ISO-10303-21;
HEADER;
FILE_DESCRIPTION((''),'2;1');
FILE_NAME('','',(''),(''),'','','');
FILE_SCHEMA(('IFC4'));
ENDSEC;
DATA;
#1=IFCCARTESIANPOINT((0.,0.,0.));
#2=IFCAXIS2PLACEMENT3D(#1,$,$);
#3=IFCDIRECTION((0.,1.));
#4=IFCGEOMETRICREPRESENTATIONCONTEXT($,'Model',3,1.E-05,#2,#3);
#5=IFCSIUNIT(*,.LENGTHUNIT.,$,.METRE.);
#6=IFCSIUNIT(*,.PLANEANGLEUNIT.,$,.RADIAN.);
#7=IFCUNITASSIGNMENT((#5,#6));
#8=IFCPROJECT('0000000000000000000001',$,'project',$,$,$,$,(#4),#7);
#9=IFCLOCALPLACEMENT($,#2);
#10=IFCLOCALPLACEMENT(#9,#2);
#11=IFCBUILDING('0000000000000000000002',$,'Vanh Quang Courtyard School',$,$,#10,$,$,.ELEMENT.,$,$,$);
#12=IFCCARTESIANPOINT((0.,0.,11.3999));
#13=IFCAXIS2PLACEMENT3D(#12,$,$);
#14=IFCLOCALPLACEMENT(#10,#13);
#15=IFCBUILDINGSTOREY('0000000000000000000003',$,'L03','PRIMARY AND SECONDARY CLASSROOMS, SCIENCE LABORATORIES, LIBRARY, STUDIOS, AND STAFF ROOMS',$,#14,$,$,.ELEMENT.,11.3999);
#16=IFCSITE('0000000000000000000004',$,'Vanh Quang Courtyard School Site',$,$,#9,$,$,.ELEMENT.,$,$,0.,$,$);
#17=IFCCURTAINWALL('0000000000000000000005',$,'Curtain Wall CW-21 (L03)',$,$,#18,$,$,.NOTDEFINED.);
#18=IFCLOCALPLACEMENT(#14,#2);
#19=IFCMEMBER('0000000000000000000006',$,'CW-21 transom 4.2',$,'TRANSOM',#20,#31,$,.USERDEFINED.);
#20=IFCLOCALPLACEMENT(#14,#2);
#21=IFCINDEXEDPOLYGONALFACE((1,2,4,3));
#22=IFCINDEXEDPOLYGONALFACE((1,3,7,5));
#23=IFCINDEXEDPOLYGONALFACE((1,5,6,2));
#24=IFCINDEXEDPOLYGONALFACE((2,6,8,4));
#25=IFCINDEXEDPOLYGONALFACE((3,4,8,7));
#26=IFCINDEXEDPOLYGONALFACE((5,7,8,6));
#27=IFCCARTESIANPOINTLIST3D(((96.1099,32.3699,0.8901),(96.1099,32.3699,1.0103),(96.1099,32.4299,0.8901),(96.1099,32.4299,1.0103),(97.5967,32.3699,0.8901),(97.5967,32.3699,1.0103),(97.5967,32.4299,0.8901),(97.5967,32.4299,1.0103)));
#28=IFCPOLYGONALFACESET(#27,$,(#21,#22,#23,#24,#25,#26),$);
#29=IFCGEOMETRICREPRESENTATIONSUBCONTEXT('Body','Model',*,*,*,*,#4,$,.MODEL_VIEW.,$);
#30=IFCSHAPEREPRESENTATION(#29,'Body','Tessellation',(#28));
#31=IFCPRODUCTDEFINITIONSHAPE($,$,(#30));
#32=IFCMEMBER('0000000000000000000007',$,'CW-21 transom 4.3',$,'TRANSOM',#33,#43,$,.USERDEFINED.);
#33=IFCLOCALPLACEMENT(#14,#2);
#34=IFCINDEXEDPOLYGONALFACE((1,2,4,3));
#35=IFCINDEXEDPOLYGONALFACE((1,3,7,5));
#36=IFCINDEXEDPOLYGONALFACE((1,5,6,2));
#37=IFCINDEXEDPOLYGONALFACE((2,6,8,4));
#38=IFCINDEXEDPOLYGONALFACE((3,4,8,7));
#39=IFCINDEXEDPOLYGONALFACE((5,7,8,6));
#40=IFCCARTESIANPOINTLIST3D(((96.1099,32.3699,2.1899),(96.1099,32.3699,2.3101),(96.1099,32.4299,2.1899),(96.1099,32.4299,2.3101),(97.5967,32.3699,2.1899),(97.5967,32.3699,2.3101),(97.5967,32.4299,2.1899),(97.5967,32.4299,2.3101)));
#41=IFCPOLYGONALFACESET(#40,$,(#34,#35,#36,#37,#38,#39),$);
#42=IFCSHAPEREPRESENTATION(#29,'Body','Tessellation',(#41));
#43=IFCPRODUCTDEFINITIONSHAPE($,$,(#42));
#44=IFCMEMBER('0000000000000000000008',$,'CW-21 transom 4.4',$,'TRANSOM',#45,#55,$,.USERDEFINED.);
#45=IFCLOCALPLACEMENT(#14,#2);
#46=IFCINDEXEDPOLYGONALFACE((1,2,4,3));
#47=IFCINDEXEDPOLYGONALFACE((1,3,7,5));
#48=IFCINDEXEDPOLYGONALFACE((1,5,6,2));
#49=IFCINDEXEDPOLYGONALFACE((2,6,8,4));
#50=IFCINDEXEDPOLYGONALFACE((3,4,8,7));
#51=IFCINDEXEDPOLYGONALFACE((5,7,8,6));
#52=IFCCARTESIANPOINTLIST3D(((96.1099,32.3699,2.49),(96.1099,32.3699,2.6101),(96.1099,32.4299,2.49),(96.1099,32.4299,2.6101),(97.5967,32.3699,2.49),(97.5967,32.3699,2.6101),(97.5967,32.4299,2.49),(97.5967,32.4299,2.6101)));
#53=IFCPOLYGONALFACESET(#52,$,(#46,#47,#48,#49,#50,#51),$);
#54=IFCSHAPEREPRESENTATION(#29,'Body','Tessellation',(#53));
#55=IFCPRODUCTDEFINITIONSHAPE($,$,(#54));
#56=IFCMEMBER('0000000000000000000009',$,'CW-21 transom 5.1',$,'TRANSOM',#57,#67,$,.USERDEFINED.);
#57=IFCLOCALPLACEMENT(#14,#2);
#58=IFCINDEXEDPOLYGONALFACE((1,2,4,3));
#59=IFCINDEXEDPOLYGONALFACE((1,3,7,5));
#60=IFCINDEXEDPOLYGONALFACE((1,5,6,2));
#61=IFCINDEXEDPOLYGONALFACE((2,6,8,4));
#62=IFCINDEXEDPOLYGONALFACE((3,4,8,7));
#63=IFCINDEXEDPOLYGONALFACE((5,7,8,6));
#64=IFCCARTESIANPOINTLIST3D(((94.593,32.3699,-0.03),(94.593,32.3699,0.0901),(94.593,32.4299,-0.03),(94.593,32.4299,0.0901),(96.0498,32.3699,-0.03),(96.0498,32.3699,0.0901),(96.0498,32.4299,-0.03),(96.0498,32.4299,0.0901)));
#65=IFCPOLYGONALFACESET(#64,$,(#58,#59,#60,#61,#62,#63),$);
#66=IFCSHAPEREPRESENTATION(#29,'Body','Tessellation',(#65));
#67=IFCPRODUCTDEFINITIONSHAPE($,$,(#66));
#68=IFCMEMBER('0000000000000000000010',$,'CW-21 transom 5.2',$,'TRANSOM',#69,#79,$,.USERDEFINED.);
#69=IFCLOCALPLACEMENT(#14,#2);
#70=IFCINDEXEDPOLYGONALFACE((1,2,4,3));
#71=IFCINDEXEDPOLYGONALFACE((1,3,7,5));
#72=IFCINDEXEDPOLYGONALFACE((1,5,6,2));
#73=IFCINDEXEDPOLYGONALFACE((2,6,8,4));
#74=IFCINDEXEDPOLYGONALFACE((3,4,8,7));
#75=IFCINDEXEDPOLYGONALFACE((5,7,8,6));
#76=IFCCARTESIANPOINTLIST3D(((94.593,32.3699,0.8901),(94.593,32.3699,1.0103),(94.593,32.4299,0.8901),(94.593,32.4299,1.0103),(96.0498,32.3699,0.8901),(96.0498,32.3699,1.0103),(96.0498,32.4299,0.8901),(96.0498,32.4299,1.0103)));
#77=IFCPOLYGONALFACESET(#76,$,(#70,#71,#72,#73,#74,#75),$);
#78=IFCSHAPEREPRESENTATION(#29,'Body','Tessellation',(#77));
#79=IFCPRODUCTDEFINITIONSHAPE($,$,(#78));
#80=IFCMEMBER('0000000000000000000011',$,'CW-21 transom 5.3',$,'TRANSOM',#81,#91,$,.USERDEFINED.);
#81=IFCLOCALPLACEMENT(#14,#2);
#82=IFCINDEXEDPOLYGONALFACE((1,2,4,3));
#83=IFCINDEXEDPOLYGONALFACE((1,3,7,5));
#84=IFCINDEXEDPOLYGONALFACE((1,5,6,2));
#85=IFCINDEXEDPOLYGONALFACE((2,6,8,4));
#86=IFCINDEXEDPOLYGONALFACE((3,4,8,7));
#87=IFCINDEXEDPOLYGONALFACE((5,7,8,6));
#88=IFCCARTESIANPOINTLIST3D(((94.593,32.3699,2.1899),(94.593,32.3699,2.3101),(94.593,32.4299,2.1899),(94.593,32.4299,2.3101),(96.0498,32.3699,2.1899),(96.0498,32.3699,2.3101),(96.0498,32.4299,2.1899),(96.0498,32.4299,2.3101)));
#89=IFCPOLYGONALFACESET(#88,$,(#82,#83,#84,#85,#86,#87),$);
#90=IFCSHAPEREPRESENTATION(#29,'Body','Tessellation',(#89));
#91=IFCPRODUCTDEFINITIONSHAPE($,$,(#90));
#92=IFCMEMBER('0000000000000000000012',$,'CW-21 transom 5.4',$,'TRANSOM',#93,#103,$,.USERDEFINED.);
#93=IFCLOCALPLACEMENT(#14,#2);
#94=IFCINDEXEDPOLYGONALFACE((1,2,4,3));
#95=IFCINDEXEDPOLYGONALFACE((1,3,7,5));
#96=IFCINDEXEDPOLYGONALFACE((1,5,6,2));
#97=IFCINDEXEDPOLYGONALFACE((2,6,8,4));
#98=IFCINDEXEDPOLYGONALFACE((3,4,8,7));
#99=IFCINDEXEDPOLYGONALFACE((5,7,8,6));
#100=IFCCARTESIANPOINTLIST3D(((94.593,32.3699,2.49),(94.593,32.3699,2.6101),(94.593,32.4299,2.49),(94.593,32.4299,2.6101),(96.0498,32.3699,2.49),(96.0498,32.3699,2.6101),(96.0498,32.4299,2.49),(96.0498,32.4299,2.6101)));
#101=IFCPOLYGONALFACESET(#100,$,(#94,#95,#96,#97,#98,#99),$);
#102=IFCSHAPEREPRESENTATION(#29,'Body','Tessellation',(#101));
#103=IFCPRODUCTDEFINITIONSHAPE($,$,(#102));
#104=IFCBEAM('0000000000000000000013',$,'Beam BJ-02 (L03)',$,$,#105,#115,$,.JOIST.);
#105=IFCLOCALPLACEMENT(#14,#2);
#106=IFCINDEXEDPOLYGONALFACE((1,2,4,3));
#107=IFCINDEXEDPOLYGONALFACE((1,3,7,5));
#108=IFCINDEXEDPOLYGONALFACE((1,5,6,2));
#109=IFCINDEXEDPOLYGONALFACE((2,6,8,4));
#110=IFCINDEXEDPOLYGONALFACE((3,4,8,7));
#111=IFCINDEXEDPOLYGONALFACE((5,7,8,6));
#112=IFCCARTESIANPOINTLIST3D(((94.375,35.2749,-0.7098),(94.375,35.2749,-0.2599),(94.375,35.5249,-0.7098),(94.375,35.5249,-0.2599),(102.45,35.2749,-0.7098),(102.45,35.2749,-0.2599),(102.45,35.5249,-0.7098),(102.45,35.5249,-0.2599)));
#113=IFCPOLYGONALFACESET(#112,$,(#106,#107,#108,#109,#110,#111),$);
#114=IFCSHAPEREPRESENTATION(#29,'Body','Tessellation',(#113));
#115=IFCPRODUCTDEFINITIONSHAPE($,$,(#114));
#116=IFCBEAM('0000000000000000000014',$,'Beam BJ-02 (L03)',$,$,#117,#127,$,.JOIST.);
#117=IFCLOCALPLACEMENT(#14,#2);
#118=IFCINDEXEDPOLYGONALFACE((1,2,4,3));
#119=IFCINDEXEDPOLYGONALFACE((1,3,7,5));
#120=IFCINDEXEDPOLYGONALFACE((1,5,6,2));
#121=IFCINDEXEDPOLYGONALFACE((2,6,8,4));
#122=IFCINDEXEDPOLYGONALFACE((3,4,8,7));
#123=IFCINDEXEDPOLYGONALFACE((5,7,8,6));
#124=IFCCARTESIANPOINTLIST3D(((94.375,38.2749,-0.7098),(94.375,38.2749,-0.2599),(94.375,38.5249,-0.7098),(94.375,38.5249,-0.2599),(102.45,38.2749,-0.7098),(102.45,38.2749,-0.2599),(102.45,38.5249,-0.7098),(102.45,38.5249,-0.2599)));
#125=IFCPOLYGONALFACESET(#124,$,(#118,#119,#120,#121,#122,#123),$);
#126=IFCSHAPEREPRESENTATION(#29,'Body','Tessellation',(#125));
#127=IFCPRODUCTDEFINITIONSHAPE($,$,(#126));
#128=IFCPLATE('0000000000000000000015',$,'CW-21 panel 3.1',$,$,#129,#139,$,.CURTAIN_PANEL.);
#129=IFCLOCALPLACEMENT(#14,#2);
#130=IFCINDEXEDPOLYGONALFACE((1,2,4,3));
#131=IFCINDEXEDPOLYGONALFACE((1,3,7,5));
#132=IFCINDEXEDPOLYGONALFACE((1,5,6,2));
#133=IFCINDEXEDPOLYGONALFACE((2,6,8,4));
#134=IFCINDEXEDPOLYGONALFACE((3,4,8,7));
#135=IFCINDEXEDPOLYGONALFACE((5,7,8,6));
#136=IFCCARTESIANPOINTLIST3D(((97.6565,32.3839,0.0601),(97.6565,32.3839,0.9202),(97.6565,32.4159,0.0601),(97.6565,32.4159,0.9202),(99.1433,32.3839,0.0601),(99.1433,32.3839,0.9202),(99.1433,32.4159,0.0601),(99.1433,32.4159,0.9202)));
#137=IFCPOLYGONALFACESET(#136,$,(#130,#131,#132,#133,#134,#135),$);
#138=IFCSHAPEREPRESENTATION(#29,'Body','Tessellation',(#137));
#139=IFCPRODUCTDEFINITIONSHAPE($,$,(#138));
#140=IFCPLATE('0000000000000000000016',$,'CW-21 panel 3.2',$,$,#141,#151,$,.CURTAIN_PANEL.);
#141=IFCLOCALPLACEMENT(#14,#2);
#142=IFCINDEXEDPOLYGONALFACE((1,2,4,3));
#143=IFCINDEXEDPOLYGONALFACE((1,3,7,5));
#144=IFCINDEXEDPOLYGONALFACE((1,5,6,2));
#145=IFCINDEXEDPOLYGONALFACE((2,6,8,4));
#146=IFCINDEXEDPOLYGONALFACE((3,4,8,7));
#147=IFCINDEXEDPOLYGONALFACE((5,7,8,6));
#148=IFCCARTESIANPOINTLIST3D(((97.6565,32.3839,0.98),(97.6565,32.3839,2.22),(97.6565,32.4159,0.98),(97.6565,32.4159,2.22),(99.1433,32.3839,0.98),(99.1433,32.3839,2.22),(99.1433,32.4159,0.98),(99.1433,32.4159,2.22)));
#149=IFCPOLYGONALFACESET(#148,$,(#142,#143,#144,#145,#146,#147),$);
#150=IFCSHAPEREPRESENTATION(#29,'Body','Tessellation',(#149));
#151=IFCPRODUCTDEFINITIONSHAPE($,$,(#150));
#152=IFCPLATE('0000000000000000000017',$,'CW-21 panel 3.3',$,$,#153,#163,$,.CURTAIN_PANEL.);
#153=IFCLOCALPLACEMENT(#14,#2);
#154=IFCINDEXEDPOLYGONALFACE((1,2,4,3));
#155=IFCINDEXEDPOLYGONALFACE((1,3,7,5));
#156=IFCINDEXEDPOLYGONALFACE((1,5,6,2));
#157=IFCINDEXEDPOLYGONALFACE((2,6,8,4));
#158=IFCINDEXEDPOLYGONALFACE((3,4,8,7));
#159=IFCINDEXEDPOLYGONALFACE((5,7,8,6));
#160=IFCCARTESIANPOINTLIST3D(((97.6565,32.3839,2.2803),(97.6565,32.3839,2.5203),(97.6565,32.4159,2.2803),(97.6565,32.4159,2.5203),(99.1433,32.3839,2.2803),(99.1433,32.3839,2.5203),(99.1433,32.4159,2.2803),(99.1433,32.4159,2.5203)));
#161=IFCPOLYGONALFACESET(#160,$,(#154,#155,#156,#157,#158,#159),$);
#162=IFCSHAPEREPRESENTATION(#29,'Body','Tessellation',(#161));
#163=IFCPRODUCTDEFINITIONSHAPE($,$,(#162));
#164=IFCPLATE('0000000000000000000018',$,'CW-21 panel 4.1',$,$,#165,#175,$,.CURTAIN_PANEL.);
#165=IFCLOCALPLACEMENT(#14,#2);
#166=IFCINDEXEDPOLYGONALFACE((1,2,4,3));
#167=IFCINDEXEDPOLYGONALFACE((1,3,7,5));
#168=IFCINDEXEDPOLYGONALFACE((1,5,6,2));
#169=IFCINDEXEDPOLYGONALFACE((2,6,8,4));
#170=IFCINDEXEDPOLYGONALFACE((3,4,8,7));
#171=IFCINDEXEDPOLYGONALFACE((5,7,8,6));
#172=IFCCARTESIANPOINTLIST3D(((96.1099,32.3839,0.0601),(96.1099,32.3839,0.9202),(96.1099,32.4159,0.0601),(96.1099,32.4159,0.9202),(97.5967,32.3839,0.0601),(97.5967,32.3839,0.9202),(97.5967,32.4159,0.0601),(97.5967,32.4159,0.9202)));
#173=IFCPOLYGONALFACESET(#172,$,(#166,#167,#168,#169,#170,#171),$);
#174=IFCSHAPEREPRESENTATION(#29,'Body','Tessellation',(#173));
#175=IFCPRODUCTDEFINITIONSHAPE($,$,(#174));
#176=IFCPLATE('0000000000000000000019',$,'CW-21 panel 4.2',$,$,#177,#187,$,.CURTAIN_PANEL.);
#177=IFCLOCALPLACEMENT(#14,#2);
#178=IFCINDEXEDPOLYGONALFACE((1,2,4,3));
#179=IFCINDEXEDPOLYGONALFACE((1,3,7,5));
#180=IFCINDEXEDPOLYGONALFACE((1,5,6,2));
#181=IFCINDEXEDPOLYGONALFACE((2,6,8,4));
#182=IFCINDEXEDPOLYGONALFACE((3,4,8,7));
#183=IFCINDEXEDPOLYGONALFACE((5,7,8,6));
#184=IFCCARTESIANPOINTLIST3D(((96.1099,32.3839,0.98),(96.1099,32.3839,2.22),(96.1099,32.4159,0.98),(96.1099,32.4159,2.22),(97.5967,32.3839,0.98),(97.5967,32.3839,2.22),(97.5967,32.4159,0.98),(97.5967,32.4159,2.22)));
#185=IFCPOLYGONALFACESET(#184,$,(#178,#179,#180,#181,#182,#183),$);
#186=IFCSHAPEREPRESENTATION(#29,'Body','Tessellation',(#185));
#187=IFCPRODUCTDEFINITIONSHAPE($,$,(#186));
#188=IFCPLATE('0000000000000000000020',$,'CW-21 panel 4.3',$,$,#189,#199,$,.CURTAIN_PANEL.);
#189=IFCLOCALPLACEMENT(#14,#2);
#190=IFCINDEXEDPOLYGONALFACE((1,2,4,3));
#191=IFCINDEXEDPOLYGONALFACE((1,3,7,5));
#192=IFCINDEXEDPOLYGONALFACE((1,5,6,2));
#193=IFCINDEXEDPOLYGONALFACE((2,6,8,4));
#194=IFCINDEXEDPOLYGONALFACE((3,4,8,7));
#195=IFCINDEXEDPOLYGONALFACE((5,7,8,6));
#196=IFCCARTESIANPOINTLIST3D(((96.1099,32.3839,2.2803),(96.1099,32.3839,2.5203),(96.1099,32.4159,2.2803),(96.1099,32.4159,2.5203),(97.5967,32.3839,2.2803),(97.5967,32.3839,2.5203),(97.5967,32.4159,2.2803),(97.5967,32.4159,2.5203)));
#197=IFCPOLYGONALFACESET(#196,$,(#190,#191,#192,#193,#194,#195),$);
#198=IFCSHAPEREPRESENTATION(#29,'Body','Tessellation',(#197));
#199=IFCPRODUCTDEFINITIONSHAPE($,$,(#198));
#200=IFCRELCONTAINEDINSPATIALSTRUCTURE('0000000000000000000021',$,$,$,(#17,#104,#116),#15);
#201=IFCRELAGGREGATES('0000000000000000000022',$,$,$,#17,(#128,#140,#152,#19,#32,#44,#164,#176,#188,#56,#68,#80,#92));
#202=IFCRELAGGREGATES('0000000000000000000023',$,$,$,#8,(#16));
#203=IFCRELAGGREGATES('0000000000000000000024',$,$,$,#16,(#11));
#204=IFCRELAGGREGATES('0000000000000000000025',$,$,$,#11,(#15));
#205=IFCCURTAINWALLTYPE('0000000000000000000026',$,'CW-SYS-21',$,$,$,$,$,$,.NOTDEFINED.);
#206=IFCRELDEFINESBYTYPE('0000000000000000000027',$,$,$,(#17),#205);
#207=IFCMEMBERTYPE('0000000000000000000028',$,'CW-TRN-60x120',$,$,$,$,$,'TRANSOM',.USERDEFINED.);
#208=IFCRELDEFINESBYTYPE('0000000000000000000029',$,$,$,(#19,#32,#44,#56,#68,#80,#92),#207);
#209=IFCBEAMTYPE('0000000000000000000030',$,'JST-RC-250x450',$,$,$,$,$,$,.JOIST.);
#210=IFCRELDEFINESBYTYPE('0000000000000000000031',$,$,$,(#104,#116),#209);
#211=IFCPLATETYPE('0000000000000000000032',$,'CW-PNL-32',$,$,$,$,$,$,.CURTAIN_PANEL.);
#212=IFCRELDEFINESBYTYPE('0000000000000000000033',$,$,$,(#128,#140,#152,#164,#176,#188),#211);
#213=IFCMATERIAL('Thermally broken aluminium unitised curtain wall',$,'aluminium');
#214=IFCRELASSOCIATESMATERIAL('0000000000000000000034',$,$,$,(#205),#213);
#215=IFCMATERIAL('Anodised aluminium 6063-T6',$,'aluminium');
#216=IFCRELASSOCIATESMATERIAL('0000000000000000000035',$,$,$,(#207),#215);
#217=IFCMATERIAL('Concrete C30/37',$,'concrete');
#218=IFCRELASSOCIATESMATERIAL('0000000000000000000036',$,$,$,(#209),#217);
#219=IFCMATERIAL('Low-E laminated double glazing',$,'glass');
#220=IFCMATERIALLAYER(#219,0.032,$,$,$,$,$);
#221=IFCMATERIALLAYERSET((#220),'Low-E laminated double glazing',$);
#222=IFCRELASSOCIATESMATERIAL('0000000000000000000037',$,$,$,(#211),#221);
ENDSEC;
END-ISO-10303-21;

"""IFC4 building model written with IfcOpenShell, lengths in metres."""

from ifc_helpers import new_model, si_unit, direction, frame, origin, origin_2d, place, context, subcontext, project, spatial, rectangle, extrude, material, layer, layer_set, material_profile, profile_set, type_object, element, aggregate, save


model = new_model("IFC4")

# Units and contexts
model_context = context("Model", 3, precision=1e-05, world=origin(), true_north=direction((0.0, 1.0)))
body_context = subcontext(model_context, "Body", "Model", "MODEL_VIEW")
ifc_project = project(units=[si_unit("LENGTHUNIT", "METRE"), si_unit("PLANEANGLEUNIT", "RADIAN")], contexts=[model_context])

# Site, building, storey
site_placement = place(None, origin())
site = spatial("IfcSite", under=ifc_project, at=site_placement, Name="Vanh Quang Courtyard School Site", CompositionType="ELEMENT", RefElevation=0.0)
building_placement = place(site_placement, origin())
building = spatial("IfcBuilding", under=site, at=building_placement, Name="Vanh Quang Courtyard School", CompositionType="ELEMENT")
storey_placement = place(building_placement, frame((0.0, 0.0, 11.3999)))
storey = spatial("IfcBuildingStorey", under=building, at=storey_placement, Name="L03", Description="PRIMARY AND SECONDARY CLASSROOMS, SCIENCE LABORATORIES, LIBRARY, STUDIOS, AND STAFF ROOMS", CompositionType="ELEMENT", Elevation=11.3999)

# Curtain wall, members
ifc_material_1 = material(Name="Thermally broken aluminium unitised curtain wall", Category="aluminium")
curtain_wall_type = type_object("IfcCurtainWallType", Name="CW-SYS-21", PredefinedType="NOTDEFINED", material=ifc_material_1)
curtain_wall_placement = place(storey_placement, origin())
curtain_wall = element("IfcCurtainWall", 1, at=curtain_wall_placement, inside=storey, type_object=curtain_wall_type, Name="Curtain Wall CW-21 (L03)", PredefinedType="NOTDEFINED")
ifc_material_2 = material(Name="Anodised aluminium 6063-T6", Category="aluminium")
ifc_material_profile_1 = material_profile(ifc_material_2, rectangle(XDim=0.0601, YDim=0.1201, at=origin_2d()), Name="ALU-TRN 60x120")
ifc_profile_set_1 = profile_set([ifc_material_profile_1], Name="Anodised aluminium 6063-T6")
member_type_1 = type_object("IfcMemberType", Name="CW-TRN-60x120", ElementType="TRANSOM", PredefinedType="USERDEFINED", material=ifc_profile_set_1)
member_1_placement = place(storey_placement, frame((97.5967, 32.3999, 0.9502), z_axis=(-1.0, 0.0, 0.0), x_axis=(0.0, -1.0, 0.0)))
member_1 = element("IfcMember", 2, at=member_1_placement, type_object=member_type_1, Name="CW-21 transom 4.2", ObjectType="TRANSOM", PredefinedType="USERDEFINED", context=body_context, shape_type="SweptSolid", body=[
    extrude(rectangle(XDim=0.0601, YDim=0.1201, at=origin_2d()), origin(), (0.0, 0.0, 1.0), 1.4868),
])
member_2_placement = place(storey_placement, frame((97.5967, 32.3999, 2.25), z_axis=(-1.0, 0.0, 0.0), x_axis=(0.0, -1.0, 0.0)))
member_2 = element("IfcMember", 3, at=member_2_placement, type_object=member_type_1, Name="CW-21 transom 4.3", ObjectType="TRANSOM", PredefinedType="USERDEFINED", context=body_context, shape_type="SweptSolid", body=[
    extrude(rectangle(XDim=0.0601, YDim=0.1201, at=origin_2d()), origin(), (0.0, 0.0, 1.0), 1.4868),
])
member_3_placement = place(storey_placement, frame((97.5967, 32.3999, 2.55), z_axis=(-1.0, 0.0, 0.0), x_axis=(0.0, -1.0, 0.0)))
member_3 = element("IfcMember", 4, at=member_3_placement, type_object=member_type_1, Name="CW-21 transom 4.4", ObjectType="TRANSOM", PredefinedType="USERDEFINED", context=body_context, shape_type="SweptSolid", body=[
    extrude(rectangle(XDim=0.0601, YDim=0.1201, at=origin_2d()), origin(), (0.0, 0.0, 1.0), 1.4868),
])
member_4_placement = place(storey_placement, frame((96.0498, 32.3999, 0.03), z_axis=(-1.0, 0.0, 0.0), x_axis=(0.0, -1.0, 0.0)))
member_4 = element("IfcMember", 5, at=member_4_placement, type_object=member_type_1, Name="CW-21 transom 5.1", ObjectType="TRANSOM", PredefinedType="USERDEFINED", context=body_context, shape_type="SweptSolid", body=[
    extrude(rectangle(XDim=0.0601, YDim=0.1201, at=origin_2d()), origin(), (0.0, 0.0, 1.0), 1.4568),
])
member_5_placement = place(storey_placement, frame((96.0498, 32.3999, 0.9502), z_axis=(-1.0, 0.0, 0.0), x_axis=(0.0, -1.0, 0.0)))
member_5 = element("IfcMember", 6, at=member_5_placement, type_object=member_type_1, Name="CW-21 transom 5.2", ObjectType="TRANSOM", PredefinedType="USERDEFINED", context=body_context, shape_type="SweptSolid", body=[
    extrude(rectangle(XDim=0.0601, YDim=0.1201, at=origin_2d()), origin(), (0.0, 0.0, 1.0), 1.4568),
])
member_6_placement = place(storey_placement, frame((96.0498, 32.3999, 2.25), z_axis=(-1.0, 0.0, 0.0), x_axis=(0.0, -1.0, 0.0)))
member_6 = element("IfcMember", 7, at=member_6_placement, type_object=member_type_1, Name="CW-21 transom 5.3", ObjectType="TRANSOM", PredefinedType="USERDEFINED", context=body_context, shape_type="SweptSolid", body=[
    extrude(rectangle(XDim=0.0601, YDim=0.1201, at=origin_2d()), origin(), (0.0, 0.0, 1.0), 1.4568),
])
member_7_placement = place(storey_placement, frame((96.0498, 32.3999, 2.55), z_axis=(-1.0, 0.0, 0.0), x_axis=(0.0, -1.0, 0.0)))
member_7 = element("IfcMember", 8, at=member_7_placement, type_object=member_type_1, Name="CW-21 transom 5.4", ObjectType="TRANSOM", PredefinedType="USERDEFINED", context=body_context, shape_type="SweptSolid", body=[
    extrude(rectangle(XDim=0.0601, YDim=0.1201, at=origin_2d()), origin(), (0.0, 0.0, 1.0), 1.4568),
])

# Beams
ifc_material_3 = material(Name="Concrete C30/37", Category="concrete")
ifc_material_profile_2 = material_profile(ifc_material_3, rectangle(XDim=0.25, YDim=0.45, at=origin_2d()), Name="RC-JST 250x450")
ifc_profile_set_2 = profile_set([ifc_material_profile_2], Name="Concrete C30/37")
beam_type_1 = type_object("IfcBeamType", Name="JST-RC-250x450", PredefinedType="JOIST", material=ifc_profile_set_2)
for number, where, z_axis, x_axis, name in (
    (9, (94.375, 35.3999, -0.4849), (1.0, 0.0, 0.0), (0.0, 1.0, 0.0), "Beam BJ-02 (L03)"),
    (10, (94.375, 38.3999, -0.4849), (1.0, 0.0, 0.0), (0.0, 1.0, 0.0), "Beam BJ-02 (L03)"),
):
    element("IfcBeam", number, at=place(storey_placement, frame(where, z_axis=z_axis, x_axis=x_axis)), inside=storey, type_object=beam_type_1, Name=name, PredefinedType="JOIST", context=body_context, shape_type="SweptSolid", body=[
        extrude(rectangle(XDim=0.25, YDim=0.45, at=origin_2d()), origin(), (0.0, 0.0, 1.0), 8.075),
    ])

# Plates
ifc_material_4 = material(Name="Low-E laminated double glazing", Category="glass")
ifc_layer_1 = layer(ifc_material_4, 0.032)
ifc_layer_set_1 = layer_set([ifc_layer_1], Name="Low-E laminated double glazing")
plate_type = type_object("IfcPlateType", Name="CW-PNL-32", PredefinedType="CURTAIN_PANEL", material=ifc_layer_set_1)
plate_1_placement = place(storey_placement, frame((98.3999, 32.3999, 0.0601), z_axis=(0.0, 0.0, 1.0), x_axis=(-1.0, 0.0, 0.0)))
plate_1 = element("IfcPlate", 11, at=plate_1_placement, type_object=plate_type, Name="CW-21 panel 3.1", PredefinedType="CURTAIN_PANEL", context=body_context, shape_type="SweptSolid", body=[
    extrude(rectangle(XDim=1.4868, YDim=0.032, at=origin_2d()), origin(), (0.0, 0.0, 1.0), 0.8601),
])
plate_2_placement = place(storey_placement, frame((98.3999, 32.3999, 0.98), z_axis=(0.0, 0.0, 1.0), x_axis=(-1.0, 0.0, 0.0)))
plate_2 = element("IfcPlate", 12, at=plate_2_placement, type_object=plate_type, Name="CW-21 panel 3.2", PredefinedType="CURTAIN_PANEL", context=body_context, shape_type="SweptSolid", body=[
    extrude(rectangle(XDim=1.4868, YDim=0.032, at=origin_2d()), origin(), (0.0, 0.0, 1.0), 1.24),
])
plate_3_placement = place(storey_placement, frame((98.3999, 32.3999, 2.2803), z_axis=(0.0, 0.0, 1.0), x_axis=(-1.0, 0.0, 0.0)))
plate_3 = element("IfcPlate", 13, at=plate_3_placement, type_object=plate_type, Name="CW-21 panel 3.3", PredefinedType="CURTAIN_PANEL", context=body_context, shape_type="SweptSolid", body=[
    extrude(rectangle(XDim=1.4868, YDim=0.032, at=origin_2d()), origin(), (0.0, 0.0, 1.0), 0.24),
])
plate_4_placement = place(storey_placement, frame((96.8533, 32.3999, 0.0601), z_axis=(0.0, 0.0, 1.0), x_axis=(-1.0, 0.0, 0.0)))
plate_4 = element("IfcPlate", 14, at=plate_4_placement, type_object=plate_type, Name="CW-21 panel 4.1", PredefinedType="CURTAIN_PANEL", context=body_context, shape_type="SweptSolid", body=[
    extrude(rectangle(XDim=1.4868, YDim=0.032, at=origin_2d()), origin(), (0.0, 0.0, 1.0), 0.8601),
])
plate_5_placement = place(storey_placement, frame((96.8533, 32.3999, 0.98), z_axis=(0.0, 0.0, 1.0), x_axis=(-1.0, 0.0, 0.0)))
plate_5 = element("IfcPlate", 15, at=plate_5_placement, type_object=plate_type, Name="CW-21 panel 4.2", PredefinedType="CURTAIN_PANEL", context=body_context, shape_type="SweptSolid", body=[
    extrude(rectangle(XDim=1.4868, YDim=0.032, at=origin_2d()), origin(), (0.0, 0.0, 1.0), 1.24),
])
plate_6_placement = place(storey_placement, frame((96.8533, 32.3999, 2.2803), z_axis=(0.0, 0.0, 1.0), x_axis=(-1.0, 0.0, 0.0)))
plate_6 = element("IfcPlate", 16, at=plate_6_placement, type_object=plate_type, Name="CW-21 panel 4.3", PredefinedType="CURTAIN_PANEL", context=body_context, shape_type="SweptSolid", body=[
    extrude(rectangle(XDim=1.4868, YDim=0.032, at=origin_2d()), origin(), (0.0, 0.0, 1.0), 0.24),
])
aggregate(curtain_wall, [plate_1, plate_2, plate_3, member_1, member_2, member_3, plate_4, plate_5, plate_6, member_4, member_5, member_6, member_7])

save(model, "model.ifc")
